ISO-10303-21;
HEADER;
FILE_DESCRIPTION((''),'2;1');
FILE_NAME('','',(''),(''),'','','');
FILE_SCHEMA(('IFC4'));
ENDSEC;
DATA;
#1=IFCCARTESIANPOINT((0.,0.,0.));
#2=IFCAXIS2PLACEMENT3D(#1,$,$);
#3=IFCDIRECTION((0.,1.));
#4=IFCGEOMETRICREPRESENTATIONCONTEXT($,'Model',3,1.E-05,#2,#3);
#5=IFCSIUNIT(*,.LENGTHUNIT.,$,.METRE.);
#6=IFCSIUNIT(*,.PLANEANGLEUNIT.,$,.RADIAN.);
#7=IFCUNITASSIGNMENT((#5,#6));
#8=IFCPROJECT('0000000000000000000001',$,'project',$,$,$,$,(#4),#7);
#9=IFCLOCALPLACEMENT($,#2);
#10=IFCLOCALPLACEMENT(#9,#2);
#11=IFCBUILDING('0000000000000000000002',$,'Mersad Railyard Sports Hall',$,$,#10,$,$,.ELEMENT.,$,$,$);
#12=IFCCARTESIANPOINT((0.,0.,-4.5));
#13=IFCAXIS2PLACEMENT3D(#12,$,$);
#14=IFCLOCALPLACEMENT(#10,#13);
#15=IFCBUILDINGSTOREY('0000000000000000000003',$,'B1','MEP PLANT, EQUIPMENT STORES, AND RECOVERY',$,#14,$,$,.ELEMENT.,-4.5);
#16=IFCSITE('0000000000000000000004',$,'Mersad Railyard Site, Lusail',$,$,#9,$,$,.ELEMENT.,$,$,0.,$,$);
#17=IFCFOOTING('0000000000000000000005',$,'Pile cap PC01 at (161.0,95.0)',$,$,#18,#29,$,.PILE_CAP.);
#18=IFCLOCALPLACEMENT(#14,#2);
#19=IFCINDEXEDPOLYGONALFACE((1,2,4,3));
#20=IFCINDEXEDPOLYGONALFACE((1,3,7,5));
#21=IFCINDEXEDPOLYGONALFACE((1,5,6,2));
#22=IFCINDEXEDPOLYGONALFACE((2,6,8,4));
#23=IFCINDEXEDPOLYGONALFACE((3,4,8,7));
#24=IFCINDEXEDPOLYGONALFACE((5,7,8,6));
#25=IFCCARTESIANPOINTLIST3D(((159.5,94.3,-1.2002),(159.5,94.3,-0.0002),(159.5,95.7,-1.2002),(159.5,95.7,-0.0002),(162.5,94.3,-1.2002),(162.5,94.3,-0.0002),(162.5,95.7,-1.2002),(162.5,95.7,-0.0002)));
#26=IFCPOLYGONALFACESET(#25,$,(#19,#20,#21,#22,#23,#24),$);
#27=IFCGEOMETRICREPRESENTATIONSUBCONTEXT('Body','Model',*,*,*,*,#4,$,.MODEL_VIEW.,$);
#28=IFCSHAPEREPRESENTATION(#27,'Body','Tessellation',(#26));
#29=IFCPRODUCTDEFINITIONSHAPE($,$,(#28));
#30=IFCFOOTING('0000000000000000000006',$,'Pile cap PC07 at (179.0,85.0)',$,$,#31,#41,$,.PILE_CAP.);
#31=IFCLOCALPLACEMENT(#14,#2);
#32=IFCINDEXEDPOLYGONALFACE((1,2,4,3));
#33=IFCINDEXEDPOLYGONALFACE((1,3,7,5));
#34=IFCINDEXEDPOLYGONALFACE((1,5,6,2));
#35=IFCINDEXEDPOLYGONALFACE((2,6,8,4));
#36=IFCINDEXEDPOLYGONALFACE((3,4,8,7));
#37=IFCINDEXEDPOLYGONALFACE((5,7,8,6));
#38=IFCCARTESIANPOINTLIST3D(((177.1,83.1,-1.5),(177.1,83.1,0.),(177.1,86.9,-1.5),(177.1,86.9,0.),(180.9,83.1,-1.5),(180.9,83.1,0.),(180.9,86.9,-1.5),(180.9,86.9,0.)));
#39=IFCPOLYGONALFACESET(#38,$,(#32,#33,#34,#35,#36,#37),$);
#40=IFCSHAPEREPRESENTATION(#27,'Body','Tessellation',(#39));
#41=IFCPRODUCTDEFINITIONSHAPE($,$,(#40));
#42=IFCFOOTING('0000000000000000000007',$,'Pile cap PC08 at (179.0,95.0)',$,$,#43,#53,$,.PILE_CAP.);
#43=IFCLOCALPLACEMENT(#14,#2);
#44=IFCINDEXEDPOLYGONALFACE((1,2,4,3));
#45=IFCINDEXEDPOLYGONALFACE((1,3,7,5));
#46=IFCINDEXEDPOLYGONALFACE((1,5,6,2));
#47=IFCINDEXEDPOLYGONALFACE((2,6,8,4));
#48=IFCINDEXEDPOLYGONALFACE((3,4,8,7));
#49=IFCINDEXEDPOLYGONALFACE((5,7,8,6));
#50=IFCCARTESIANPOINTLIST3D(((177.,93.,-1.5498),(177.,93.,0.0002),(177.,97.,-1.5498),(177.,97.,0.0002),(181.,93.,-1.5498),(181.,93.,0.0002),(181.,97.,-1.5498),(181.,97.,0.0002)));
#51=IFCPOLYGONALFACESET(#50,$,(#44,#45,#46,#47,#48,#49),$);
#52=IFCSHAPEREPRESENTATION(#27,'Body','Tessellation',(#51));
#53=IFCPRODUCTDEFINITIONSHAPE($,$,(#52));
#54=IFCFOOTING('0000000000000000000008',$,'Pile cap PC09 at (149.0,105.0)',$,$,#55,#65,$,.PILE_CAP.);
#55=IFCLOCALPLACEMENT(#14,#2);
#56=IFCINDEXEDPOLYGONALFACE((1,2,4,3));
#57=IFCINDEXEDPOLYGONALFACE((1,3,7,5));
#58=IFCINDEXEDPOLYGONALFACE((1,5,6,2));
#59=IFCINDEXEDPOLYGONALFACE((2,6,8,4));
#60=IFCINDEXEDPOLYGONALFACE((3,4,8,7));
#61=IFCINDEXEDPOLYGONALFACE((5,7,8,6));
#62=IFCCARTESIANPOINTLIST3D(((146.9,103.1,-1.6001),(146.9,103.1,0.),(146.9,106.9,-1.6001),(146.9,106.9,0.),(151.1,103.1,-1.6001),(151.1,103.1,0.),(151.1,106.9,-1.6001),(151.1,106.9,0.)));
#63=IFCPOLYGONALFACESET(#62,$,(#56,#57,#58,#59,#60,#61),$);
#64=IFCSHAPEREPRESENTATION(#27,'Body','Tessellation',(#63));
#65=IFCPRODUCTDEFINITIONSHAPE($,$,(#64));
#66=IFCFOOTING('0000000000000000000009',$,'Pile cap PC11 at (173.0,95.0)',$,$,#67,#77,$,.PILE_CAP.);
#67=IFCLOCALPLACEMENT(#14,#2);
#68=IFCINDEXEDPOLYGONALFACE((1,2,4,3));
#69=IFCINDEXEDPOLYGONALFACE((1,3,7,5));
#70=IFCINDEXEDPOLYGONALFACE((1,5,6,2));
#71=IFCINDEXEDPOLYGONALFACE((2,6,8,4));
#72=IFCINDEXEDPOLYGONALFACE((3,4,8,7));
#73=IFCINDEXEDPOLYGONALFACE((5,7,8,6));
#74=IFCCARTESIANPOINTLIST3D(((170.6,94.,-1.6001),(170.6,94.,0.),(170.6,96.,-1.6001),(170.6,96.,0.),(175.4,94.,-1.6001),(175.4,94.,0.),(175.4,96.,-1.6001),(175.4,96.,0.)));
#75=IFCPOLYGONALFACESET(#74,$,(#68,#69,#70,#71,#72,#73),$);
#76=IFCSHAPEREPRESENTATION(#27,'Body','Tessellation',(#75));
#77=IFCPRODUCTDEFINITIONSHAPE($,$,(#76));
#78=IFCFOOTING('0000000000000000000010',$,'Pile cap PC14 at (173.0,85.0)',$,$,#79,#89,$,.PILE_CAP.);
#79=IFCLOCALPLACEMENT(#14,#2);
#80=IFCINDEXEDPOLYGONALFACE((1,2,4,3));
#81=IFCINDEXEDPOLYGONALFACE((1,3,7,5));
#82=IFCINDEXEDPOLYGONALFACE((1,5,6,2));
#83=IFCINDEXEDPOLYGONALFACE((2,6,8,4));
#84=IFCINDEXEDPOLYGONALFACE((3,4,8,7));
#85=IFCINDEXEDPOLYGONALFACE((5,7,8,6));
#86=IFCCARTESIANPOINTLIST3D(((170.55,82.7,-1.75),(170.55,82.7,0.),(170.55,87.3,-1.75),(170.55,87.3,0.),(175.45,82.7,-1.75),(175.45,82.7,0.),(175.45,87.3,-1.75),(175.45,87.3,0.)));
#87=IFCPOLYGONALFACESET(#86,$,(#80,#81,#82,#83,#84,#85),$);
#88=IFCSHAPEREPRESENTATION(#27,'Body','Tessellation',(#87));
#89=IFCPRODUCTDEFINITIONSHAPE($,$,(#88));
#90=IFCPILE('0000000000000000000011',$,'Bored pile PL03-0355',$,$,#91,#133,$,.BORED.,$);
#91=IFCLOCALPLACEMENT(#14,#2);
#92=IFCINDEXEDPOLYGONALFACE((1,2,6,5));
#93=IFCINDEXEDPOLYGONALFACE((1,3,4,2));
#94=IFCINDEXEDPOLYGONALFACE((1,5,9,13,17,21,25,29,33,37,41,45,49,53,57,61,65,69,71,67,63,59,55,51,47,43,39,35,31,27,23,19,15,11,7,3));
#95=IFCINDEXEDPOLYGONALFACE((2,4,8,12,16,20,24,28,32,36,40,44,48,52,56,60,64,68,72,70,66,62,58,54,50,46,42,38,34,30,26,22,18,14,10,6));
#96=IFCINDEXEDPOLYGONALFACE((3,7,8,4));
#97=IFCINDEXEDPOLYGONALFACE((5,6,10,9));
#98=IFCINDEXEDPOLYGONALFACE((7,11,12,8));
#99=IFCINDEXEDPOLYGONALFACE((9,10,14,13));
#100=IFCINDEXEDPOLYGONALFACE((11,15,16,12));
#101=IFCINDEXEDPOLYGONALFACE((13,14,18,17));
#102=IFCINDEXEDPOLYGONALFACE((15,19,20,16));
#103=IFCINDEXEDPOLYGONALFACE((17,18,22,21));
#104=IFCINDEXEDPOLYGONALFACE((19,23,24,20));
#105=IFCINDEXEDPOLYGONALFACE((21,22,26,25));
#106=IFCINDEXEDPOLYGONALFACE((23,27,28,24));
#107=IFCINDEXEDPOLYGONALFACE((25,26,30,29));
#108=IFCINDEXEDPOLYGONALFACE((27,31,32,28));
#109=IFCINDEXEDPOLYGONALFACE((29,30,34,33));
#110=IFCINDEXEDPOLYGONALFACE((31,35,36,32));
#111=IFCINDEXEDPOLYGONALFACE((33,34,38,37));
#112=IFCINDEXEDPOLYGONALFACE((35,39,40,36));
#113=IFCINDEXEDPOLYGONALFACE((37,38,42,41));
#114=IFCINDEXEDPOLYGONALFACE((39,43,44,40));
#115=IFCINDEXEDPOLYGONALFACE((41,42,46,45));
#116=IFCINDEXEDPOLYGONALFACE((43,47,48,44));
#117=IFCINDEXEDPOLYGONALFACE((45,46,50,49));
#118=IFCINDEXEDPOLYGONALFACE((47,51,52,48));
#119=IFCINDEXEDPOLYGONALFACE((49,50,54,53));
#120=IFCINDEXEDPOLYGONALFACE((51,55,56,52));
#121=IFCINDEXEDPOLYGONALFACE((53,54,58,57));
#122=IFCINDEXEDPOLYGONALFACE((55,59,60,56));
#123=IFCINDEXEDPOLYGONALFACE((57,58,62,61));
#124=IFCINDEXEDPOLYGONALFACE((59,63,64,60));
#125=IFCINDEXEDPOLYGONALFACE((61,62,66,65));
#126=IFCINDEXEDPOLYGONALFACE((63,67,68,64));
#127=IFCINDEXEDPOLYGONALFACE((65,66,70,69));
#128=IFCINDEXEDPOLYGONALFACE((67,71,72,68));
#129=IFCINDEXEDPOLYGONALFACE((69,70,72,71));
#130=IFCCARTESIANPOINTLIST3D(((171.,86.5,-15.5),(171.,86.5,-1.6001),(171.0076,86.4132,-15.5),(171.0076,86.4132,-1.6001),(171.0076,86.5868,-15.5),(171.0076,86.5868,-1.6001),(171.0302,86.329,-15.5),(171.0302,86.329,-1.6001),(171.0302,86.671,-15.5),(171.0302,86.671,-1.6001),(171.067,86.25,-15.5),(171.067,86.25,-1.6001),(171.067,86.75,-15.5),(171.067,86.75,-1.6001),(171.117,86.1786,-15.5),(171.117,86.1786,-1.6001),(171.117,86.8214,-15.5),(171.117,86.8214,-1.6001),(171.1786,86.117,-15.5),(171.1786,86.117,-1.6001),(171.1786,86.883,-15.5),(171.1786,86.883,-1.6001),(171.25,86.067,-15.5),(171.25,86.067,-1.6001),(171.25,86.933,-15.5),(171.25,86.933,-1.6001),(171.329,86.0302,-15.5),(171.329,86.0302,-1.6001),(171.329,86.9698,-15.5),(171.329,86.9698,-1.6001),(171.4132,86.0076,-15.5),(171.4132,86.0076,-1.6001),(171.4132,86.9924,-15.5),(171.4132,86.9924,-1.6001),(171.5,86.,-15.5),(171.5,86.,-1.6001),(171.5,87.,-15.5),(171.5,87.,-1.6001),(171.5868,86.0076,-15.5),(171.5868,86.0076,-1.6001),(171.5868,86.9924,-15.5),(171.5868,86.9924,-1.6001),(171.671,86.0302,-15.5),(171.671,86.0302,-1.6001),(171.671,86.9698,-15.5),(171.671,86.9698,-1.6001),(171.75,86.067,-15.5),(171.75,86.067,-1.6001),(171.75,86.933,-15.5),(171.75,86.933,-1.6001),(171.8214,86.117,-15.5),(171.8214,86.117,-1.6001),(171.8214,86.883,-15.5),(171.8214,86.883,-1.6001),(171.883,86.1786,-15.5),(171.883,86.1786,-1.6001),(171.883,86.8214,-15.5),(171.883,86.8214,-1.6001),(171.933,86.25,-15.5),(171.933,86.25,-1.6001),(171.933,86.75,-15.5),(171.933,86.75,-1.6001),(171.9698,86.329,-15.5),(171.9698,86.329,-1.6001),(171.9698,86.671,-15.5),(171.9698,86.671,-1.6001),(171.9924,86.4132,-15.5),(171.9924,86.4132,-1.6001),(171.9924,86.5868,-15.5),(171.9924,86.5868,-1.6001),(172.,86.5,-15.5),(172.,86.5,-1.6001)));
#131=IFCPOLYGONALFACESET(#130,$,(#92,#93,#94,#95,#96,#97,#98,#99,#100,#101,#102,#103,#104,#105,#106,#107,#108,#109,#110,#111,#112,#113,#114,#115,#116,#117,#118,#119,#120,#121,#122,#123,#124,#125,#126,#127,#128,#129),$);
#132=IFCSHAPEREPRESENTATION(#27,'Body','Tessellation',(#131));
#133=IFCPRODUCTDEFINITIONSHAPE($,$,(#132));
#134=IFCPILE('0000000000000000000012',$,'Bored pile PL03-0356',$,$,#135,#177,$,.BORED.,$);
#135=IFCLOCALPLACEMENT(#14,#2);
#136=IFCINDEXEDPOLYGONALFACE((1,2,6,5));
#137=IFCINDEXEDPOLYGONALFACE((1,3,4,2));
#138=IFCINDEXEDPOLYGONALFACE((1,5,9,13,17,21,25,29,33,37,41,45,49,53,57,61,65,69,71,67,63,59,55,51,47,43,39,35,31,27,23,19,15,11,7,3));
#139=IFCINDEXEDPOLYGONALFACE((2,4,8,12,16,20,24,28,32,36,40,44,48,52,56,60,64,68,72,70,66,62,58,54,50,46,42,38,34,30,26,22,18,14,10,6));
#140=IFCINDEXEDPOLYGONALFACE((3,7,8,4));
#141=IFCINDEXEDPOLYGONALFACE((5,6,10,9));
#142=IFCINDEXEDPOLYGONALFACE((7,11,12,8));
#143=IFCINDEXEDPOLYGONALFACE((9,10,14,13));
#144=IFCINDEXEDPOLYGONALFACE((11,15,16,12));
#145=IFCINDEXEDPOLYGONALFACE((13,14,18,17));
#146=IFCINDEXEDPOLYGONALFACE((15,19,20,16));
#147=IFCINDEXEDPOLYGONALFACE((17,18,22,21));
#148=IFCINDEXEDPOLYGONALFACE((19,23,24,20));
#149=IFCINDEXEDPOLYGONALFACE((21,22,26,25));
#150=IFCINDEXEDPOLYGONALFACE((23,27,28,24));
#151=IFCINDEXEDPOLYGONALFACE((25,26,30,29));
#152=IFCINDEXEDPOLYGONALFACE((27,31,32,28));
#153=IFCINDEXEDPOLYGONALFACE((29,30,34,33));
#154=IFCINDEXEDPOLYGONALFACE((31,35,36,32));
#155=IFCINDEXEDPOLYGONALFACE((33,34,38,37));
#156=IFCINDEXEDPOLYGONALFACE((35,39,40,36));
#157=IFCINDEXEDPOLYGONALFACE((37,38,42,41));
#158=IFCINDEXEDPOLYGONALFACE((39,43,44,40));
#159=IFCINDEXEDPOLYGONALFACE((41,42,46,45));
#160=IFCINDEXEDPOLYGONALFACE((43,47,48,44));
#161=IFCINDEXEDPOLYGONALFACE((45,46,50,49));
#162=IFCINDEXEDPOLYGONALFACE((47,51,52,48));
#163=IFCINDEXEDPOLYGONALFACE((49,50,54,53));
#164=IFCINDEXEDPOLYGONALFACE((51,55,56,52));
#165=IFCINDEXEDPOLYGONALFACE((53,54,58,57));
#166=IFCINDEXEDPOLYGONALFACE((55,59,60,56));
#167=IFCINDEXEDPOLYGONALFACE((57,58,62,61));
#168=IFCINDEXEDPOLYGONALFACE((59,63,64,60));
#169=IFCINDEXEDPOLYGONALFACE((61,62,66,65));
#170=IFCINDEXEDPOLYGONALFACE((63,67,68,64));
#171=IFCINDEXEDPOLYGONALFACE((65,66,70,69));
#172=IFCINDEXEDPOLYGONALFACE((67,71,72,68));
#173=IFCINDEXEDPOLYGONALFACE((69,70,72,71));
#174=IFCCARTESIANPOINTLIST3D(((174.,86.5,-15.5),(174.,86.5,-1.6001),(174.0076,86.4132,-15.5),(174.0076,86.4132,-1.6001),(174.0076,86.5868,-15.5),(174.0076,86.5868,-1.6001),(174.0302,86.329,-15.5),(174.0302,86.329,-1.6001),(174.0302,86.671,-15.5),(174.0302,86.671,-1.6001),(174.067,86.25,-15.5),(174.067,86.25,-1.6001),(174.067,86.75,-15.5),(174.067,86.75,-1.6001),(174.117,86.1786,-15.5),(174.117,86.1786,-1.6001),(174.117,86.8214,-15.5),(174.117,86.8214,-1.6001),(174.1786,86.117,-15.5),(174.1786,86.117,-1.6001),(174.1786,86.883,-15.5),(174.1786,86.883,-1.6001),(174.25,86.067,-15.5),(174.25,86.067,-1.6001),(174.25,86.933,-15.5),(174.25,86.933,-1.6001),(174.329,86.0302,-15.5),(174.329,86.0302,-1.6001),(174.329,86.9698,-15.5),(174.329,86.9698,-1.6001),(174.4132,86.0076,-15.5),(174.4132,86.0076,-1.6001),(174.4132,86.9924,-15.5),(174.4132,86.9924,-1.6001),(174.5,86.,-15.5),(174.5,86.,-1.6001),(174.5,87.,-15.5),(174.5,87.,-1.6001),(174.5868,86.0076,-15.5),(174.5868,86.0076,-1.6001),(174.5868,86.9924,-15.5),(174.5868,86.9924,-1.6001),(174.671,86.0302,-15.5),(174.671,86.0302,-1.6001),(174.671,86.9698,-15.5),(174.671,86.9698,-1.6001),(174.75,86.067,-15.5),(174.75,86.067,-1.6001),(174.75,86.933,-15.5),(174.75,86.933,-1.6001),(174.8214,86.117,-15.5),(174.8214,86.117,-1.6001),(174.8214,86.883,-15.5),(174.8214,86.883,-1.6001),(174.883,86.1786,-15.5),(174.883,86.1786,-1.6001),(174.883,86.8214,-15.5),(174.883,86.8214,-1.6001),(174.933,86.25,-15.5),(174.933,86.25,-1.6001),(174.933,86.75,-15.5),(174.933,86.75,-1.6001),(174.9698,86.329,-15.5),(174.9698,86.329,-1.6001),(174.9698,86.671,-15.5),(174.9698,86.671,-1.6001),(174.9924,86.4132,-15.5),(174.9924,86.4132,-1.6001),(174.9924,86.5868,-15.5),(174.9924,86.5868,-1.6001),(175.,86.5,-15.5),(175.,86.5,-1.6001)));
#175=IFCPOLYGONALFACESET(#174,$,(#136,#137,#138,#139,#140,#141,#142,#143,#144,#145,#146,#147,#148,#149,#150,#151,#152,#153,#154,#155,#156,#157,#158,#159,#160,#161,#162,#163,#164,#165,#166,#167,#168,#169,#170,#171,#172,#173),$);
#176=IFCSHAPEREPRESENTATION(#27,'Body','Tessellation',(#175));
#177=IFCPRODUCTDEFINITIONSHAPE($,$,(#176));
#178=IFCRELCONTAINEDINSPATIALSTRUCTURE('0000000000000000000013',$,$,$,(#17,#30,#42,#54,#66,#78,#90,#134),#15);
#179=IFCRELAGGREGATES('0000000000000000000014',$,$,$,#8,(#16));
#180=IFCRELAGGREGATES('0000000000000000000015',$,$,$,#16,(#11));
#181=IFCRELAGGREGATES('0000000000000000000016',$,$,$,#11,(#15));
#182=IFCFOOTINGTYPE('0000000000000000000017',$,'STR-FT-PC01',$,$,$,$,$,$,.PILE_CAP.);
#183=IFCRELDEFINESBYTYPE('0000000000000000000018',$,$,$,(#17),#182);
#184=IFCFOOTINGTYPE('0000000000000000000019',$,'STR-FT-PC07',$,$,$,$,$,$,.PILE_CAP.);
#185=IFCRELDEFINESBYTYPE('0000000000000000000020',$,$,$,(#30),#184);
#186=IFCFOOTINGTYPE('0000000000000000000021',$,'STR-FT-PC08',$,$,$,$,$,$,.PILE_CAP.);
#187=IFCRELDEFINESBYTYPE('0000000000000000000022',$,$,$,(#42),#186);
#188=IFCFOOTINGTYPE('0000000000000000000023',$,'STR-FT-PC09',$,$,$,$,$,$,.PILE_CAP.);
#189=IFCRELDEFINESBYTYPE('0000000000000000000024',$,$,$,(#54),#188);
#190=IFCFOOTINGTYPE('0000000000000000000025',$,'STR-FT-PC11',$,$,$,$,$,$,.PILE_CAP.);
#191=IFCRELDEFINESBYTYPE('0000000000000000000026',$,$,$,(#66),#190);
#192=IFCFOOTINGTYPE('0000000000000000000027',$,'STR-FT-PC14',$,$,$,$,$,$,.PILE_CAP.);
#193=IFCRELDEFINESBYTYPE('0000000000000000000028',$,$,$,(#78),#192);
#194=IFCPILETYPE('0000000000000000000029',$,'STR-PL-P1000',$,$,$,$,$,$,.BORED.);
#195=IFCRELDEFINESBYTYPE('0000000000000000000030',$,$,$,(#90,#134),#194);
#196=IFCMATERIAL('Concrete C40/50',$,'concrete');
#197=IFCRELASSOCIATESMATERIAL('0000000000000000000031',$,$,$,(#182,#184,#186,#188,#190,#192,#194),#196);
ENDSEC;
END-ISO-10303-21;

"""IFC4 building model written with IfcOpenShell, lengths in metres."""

from ifc_helpers import new_model, si_unit, direction, frame, origin, origin_2d, place, context, subcontext, project, spatial, rectangle, circle, extrude, material, material_profile, profile_set, type_object, element, save


model = new_model("IFC4")

# Units and contexts
model_context = context("Model", 3, precision=1e-05, world=origin(), true_north=direction((0.0, 1.0)))
body_context = subcontext(model_context, "Body", "Model", "MODEL_VIEW")
ifc_project = project(units=[si_unit("LENGTHUNIT", "METRE"), si_unit("PLANEANGLEUNIT", "RADIAN")], contexts=[model_context])

# Site, building, storey
site_placement = place(None, origin())
site = spatial("IfcSite", under=ifc_project, at=site_placement, Name="Mersad Railyard Site, Lusail", CompositionType="ELEMENT", RefElevation=0.0)
building_placement = place(site_placement, origin())
building = spatial("IfcBuilding", under=site, at=building_placement, Name="Mersad Railyard Sports Hall", CompositionType="ELEMENT")
storey_placement = place(building_placement, frame((0.0, 0.0, -4.5)))
storey = spatial("IfcBuildingStorey", under=building, at=storey_placement, Name="B1", Description="MEP PLANT, EQUIPMENT STORES, AND RECOVERY", CompositionType="ELEMENT", Elevation=-4.5)

# Footings
ifc_material_1 = material(Name="Concrete C40/50", Category="concrete")
footing_type_1 = type_object("IfcFootingType", Name="STR-FT-PC01", PredefinedType="PILE_CAP", material=ifc_material_1)
footing_1_placement = place(storey_placement, frame((161.0, 95.0, -1.2002), z_axis=(0.0, 0.0, 1.0), x_axis=(1.0, 0.0, 0.0)))
element("IfcFooting", 1, at=footing_1_placement, inside=storey, type_object=footing_type_1, Name="Pile cap PC01 at (161.0,95.0)", PredefinedType="PILE_CAP", context=body_context, shape_type="SweptSolid", body=[
    extrude(rectangle(XDim=3.0, YDim=1.3999, at=origin_2d()), origin(), (0.0, 0.0, 1.0), 1.2),
])
footing_type_2 = type_object("IfcFootingType", Name="STR-FT-PC07", PredefinedType="PILE_CAP", material=ifc_material_1)
footing_2_placement = place(storey_placement, frame((179.0, 85.0, -1.5), z_axis=(0.0, 0.0, 1.0), x_axis=(1.0, 0.0, 0.0)))
element("IfcFooting", 2, at=footing_2_placement, inside=storey, type_object=footing_type_2, Name="Pile cap PC07 at (179.0,85.0)", PredefinedType="PILE_CAP", context=body_context, shape_type="SweptSolid", body=[
    extrude(rectangle(XDim=3.8, YDim=3.8, at=origin_2d()), origin(), (0.0, 0.0, 1.0), 1.5),
])
footing_type_3 = type_object("IfcFootingType", Name="STR-FT-PC08", PredefinedType="PILE_CAP", material=ifc_material_1)
footing_3_placement = place(storey_placement, frame((179.0, 95.0, -1.5498), z_axis=(0.0, 0.0, 1.0), x_axis=(1.0, 0.0, 0.0)))
element("IfcFooting", 3, at=footing_3_placement, inside=storey, type_object=footing_type_3, Name="Pile cap PC08 at (179.0,95.0)", PredefinedType="PILE_CAP", context=body_context, shape_type="SweptSolid", body=[
    extrude(rectangle(XDim=4.0, YDim=4.0, at=origin_2d()), origin(), (0.0, 0.0, 1.0), 1.55),
])
footing_type_4 = type_object("IfcFootingType", Name="STR-FT-PC09", PredefinedType="PILE_CAP", material=ifc_material_1)
footing_4_placement = place(storey_placement, frame((149.0, 105.0, -1.6001), z_axis=(0.0, 0.0, 1.0), x_axis=(1.0, 0.0, 0.0)))
element("IfcFooting", 4, at=footing_4_placement, inside=storey, type_object=footing_type_4, Name="Pile cap PC09 at (149.0,105.0)", PredefinedType="PILE_CAP", context=body_context, shape_type="SweptSolid", body=[
    extrude(rectangle(XDim=4.2, YDim=3.8, at=origin_2d()), origin(), (0.0, 0.0, 1.0), 1.6001),
])
footing_type_5 = type_object("IfcFootingType", Name="STR-FT-PC11", PredefinedType="PILE_CAP", material=ifc_material_1)
footing_5_placement = place(storey_placement, frame((173.0, 95.0, -1.6001), z_axis=(0.0, 0.0, 1.0), x_axis=(1.0, 0.0, 0.0)))
element("IfcFooting", 5, at=footing_5_placement, inside=storey, type_object=footing_type_5, Name="Pile cap PC11 at (173.0,95.0)", PredefinedType="PILE_CAP", context=body_context, shape_type="SweptSolid", body=[
    extrude(rectangle(XDim=4.8, YDim=2.0, at=origin_2d()), origin(), (0.0, 0.0, 1.0), 1.6001),
])
footing_type_6 = type_object("IfcFootingType", Name="STR-FT-PC14", PredefinedType="PILE_CAP", material=ifc_material_1)
footing_6_placement = place(storey_placement, frame((173.0, 85.0, -1.75), z_axis=(0.0, 0.0, 1.0), x_axis=(1.0, 0.0, 0.0)))
element("IfcFooting", 6, at=footing_6_placement, inside=storey, type_object=footing_type_6, Name="Pile cap PC14 at (173.0,85.0)", PredefinedType="PILE_CAP", context=body_context, shape_type="SweptSolid", body=[
    extrude(rectangle(XDim=4.8999, YDim=4.6001, at=origin_2d()), origin(), (0.0, 0.0, 1.0), 1.75),
])

# Piles
ifc_material_profile_1 = material_profile(ifc_material_1, circle(Radius=0.5, at=origin_2d()), Name="BORED PILE D1000")
ifc_profile_set_1 = profile_set([ifc_material_profile_1], Name="Concrete C40/50")
pile_type_1 = type_object("IfcPileType", Name="STR-PL-P1000", PredefinedType="BORED", material=ifc_profile_set_1)
for number, where, z_axis, x_axis, name in (
    (7, (171.5, 86.5, -1.6001), (0.0, 0.0, -1.0), (1.0, 0.0, 0.0), "Bored pile PL03-0355"),
    (8, (174.5, 86.5, -1.6001), (0.0, 0.0, -1.0), (1.0, 0.0, 0.0), "Bored pile PL03-0356"),
):
    element("IfcPile", number, at=place(storey_placement, frame(where, z_axis=z_axis, x_axis=x_axis)), inside=storey, type_object=pile_type_1, Name=name, PredefinedType="BORED", context=body_context, shape_type="SweptSolid", body=[
        extrude(circle(Radius=0.5, at=origin_2d()), origin(), (0.0, 0.0, 1.0), 13.8999),
    ])

save(model, "model.ifc")
